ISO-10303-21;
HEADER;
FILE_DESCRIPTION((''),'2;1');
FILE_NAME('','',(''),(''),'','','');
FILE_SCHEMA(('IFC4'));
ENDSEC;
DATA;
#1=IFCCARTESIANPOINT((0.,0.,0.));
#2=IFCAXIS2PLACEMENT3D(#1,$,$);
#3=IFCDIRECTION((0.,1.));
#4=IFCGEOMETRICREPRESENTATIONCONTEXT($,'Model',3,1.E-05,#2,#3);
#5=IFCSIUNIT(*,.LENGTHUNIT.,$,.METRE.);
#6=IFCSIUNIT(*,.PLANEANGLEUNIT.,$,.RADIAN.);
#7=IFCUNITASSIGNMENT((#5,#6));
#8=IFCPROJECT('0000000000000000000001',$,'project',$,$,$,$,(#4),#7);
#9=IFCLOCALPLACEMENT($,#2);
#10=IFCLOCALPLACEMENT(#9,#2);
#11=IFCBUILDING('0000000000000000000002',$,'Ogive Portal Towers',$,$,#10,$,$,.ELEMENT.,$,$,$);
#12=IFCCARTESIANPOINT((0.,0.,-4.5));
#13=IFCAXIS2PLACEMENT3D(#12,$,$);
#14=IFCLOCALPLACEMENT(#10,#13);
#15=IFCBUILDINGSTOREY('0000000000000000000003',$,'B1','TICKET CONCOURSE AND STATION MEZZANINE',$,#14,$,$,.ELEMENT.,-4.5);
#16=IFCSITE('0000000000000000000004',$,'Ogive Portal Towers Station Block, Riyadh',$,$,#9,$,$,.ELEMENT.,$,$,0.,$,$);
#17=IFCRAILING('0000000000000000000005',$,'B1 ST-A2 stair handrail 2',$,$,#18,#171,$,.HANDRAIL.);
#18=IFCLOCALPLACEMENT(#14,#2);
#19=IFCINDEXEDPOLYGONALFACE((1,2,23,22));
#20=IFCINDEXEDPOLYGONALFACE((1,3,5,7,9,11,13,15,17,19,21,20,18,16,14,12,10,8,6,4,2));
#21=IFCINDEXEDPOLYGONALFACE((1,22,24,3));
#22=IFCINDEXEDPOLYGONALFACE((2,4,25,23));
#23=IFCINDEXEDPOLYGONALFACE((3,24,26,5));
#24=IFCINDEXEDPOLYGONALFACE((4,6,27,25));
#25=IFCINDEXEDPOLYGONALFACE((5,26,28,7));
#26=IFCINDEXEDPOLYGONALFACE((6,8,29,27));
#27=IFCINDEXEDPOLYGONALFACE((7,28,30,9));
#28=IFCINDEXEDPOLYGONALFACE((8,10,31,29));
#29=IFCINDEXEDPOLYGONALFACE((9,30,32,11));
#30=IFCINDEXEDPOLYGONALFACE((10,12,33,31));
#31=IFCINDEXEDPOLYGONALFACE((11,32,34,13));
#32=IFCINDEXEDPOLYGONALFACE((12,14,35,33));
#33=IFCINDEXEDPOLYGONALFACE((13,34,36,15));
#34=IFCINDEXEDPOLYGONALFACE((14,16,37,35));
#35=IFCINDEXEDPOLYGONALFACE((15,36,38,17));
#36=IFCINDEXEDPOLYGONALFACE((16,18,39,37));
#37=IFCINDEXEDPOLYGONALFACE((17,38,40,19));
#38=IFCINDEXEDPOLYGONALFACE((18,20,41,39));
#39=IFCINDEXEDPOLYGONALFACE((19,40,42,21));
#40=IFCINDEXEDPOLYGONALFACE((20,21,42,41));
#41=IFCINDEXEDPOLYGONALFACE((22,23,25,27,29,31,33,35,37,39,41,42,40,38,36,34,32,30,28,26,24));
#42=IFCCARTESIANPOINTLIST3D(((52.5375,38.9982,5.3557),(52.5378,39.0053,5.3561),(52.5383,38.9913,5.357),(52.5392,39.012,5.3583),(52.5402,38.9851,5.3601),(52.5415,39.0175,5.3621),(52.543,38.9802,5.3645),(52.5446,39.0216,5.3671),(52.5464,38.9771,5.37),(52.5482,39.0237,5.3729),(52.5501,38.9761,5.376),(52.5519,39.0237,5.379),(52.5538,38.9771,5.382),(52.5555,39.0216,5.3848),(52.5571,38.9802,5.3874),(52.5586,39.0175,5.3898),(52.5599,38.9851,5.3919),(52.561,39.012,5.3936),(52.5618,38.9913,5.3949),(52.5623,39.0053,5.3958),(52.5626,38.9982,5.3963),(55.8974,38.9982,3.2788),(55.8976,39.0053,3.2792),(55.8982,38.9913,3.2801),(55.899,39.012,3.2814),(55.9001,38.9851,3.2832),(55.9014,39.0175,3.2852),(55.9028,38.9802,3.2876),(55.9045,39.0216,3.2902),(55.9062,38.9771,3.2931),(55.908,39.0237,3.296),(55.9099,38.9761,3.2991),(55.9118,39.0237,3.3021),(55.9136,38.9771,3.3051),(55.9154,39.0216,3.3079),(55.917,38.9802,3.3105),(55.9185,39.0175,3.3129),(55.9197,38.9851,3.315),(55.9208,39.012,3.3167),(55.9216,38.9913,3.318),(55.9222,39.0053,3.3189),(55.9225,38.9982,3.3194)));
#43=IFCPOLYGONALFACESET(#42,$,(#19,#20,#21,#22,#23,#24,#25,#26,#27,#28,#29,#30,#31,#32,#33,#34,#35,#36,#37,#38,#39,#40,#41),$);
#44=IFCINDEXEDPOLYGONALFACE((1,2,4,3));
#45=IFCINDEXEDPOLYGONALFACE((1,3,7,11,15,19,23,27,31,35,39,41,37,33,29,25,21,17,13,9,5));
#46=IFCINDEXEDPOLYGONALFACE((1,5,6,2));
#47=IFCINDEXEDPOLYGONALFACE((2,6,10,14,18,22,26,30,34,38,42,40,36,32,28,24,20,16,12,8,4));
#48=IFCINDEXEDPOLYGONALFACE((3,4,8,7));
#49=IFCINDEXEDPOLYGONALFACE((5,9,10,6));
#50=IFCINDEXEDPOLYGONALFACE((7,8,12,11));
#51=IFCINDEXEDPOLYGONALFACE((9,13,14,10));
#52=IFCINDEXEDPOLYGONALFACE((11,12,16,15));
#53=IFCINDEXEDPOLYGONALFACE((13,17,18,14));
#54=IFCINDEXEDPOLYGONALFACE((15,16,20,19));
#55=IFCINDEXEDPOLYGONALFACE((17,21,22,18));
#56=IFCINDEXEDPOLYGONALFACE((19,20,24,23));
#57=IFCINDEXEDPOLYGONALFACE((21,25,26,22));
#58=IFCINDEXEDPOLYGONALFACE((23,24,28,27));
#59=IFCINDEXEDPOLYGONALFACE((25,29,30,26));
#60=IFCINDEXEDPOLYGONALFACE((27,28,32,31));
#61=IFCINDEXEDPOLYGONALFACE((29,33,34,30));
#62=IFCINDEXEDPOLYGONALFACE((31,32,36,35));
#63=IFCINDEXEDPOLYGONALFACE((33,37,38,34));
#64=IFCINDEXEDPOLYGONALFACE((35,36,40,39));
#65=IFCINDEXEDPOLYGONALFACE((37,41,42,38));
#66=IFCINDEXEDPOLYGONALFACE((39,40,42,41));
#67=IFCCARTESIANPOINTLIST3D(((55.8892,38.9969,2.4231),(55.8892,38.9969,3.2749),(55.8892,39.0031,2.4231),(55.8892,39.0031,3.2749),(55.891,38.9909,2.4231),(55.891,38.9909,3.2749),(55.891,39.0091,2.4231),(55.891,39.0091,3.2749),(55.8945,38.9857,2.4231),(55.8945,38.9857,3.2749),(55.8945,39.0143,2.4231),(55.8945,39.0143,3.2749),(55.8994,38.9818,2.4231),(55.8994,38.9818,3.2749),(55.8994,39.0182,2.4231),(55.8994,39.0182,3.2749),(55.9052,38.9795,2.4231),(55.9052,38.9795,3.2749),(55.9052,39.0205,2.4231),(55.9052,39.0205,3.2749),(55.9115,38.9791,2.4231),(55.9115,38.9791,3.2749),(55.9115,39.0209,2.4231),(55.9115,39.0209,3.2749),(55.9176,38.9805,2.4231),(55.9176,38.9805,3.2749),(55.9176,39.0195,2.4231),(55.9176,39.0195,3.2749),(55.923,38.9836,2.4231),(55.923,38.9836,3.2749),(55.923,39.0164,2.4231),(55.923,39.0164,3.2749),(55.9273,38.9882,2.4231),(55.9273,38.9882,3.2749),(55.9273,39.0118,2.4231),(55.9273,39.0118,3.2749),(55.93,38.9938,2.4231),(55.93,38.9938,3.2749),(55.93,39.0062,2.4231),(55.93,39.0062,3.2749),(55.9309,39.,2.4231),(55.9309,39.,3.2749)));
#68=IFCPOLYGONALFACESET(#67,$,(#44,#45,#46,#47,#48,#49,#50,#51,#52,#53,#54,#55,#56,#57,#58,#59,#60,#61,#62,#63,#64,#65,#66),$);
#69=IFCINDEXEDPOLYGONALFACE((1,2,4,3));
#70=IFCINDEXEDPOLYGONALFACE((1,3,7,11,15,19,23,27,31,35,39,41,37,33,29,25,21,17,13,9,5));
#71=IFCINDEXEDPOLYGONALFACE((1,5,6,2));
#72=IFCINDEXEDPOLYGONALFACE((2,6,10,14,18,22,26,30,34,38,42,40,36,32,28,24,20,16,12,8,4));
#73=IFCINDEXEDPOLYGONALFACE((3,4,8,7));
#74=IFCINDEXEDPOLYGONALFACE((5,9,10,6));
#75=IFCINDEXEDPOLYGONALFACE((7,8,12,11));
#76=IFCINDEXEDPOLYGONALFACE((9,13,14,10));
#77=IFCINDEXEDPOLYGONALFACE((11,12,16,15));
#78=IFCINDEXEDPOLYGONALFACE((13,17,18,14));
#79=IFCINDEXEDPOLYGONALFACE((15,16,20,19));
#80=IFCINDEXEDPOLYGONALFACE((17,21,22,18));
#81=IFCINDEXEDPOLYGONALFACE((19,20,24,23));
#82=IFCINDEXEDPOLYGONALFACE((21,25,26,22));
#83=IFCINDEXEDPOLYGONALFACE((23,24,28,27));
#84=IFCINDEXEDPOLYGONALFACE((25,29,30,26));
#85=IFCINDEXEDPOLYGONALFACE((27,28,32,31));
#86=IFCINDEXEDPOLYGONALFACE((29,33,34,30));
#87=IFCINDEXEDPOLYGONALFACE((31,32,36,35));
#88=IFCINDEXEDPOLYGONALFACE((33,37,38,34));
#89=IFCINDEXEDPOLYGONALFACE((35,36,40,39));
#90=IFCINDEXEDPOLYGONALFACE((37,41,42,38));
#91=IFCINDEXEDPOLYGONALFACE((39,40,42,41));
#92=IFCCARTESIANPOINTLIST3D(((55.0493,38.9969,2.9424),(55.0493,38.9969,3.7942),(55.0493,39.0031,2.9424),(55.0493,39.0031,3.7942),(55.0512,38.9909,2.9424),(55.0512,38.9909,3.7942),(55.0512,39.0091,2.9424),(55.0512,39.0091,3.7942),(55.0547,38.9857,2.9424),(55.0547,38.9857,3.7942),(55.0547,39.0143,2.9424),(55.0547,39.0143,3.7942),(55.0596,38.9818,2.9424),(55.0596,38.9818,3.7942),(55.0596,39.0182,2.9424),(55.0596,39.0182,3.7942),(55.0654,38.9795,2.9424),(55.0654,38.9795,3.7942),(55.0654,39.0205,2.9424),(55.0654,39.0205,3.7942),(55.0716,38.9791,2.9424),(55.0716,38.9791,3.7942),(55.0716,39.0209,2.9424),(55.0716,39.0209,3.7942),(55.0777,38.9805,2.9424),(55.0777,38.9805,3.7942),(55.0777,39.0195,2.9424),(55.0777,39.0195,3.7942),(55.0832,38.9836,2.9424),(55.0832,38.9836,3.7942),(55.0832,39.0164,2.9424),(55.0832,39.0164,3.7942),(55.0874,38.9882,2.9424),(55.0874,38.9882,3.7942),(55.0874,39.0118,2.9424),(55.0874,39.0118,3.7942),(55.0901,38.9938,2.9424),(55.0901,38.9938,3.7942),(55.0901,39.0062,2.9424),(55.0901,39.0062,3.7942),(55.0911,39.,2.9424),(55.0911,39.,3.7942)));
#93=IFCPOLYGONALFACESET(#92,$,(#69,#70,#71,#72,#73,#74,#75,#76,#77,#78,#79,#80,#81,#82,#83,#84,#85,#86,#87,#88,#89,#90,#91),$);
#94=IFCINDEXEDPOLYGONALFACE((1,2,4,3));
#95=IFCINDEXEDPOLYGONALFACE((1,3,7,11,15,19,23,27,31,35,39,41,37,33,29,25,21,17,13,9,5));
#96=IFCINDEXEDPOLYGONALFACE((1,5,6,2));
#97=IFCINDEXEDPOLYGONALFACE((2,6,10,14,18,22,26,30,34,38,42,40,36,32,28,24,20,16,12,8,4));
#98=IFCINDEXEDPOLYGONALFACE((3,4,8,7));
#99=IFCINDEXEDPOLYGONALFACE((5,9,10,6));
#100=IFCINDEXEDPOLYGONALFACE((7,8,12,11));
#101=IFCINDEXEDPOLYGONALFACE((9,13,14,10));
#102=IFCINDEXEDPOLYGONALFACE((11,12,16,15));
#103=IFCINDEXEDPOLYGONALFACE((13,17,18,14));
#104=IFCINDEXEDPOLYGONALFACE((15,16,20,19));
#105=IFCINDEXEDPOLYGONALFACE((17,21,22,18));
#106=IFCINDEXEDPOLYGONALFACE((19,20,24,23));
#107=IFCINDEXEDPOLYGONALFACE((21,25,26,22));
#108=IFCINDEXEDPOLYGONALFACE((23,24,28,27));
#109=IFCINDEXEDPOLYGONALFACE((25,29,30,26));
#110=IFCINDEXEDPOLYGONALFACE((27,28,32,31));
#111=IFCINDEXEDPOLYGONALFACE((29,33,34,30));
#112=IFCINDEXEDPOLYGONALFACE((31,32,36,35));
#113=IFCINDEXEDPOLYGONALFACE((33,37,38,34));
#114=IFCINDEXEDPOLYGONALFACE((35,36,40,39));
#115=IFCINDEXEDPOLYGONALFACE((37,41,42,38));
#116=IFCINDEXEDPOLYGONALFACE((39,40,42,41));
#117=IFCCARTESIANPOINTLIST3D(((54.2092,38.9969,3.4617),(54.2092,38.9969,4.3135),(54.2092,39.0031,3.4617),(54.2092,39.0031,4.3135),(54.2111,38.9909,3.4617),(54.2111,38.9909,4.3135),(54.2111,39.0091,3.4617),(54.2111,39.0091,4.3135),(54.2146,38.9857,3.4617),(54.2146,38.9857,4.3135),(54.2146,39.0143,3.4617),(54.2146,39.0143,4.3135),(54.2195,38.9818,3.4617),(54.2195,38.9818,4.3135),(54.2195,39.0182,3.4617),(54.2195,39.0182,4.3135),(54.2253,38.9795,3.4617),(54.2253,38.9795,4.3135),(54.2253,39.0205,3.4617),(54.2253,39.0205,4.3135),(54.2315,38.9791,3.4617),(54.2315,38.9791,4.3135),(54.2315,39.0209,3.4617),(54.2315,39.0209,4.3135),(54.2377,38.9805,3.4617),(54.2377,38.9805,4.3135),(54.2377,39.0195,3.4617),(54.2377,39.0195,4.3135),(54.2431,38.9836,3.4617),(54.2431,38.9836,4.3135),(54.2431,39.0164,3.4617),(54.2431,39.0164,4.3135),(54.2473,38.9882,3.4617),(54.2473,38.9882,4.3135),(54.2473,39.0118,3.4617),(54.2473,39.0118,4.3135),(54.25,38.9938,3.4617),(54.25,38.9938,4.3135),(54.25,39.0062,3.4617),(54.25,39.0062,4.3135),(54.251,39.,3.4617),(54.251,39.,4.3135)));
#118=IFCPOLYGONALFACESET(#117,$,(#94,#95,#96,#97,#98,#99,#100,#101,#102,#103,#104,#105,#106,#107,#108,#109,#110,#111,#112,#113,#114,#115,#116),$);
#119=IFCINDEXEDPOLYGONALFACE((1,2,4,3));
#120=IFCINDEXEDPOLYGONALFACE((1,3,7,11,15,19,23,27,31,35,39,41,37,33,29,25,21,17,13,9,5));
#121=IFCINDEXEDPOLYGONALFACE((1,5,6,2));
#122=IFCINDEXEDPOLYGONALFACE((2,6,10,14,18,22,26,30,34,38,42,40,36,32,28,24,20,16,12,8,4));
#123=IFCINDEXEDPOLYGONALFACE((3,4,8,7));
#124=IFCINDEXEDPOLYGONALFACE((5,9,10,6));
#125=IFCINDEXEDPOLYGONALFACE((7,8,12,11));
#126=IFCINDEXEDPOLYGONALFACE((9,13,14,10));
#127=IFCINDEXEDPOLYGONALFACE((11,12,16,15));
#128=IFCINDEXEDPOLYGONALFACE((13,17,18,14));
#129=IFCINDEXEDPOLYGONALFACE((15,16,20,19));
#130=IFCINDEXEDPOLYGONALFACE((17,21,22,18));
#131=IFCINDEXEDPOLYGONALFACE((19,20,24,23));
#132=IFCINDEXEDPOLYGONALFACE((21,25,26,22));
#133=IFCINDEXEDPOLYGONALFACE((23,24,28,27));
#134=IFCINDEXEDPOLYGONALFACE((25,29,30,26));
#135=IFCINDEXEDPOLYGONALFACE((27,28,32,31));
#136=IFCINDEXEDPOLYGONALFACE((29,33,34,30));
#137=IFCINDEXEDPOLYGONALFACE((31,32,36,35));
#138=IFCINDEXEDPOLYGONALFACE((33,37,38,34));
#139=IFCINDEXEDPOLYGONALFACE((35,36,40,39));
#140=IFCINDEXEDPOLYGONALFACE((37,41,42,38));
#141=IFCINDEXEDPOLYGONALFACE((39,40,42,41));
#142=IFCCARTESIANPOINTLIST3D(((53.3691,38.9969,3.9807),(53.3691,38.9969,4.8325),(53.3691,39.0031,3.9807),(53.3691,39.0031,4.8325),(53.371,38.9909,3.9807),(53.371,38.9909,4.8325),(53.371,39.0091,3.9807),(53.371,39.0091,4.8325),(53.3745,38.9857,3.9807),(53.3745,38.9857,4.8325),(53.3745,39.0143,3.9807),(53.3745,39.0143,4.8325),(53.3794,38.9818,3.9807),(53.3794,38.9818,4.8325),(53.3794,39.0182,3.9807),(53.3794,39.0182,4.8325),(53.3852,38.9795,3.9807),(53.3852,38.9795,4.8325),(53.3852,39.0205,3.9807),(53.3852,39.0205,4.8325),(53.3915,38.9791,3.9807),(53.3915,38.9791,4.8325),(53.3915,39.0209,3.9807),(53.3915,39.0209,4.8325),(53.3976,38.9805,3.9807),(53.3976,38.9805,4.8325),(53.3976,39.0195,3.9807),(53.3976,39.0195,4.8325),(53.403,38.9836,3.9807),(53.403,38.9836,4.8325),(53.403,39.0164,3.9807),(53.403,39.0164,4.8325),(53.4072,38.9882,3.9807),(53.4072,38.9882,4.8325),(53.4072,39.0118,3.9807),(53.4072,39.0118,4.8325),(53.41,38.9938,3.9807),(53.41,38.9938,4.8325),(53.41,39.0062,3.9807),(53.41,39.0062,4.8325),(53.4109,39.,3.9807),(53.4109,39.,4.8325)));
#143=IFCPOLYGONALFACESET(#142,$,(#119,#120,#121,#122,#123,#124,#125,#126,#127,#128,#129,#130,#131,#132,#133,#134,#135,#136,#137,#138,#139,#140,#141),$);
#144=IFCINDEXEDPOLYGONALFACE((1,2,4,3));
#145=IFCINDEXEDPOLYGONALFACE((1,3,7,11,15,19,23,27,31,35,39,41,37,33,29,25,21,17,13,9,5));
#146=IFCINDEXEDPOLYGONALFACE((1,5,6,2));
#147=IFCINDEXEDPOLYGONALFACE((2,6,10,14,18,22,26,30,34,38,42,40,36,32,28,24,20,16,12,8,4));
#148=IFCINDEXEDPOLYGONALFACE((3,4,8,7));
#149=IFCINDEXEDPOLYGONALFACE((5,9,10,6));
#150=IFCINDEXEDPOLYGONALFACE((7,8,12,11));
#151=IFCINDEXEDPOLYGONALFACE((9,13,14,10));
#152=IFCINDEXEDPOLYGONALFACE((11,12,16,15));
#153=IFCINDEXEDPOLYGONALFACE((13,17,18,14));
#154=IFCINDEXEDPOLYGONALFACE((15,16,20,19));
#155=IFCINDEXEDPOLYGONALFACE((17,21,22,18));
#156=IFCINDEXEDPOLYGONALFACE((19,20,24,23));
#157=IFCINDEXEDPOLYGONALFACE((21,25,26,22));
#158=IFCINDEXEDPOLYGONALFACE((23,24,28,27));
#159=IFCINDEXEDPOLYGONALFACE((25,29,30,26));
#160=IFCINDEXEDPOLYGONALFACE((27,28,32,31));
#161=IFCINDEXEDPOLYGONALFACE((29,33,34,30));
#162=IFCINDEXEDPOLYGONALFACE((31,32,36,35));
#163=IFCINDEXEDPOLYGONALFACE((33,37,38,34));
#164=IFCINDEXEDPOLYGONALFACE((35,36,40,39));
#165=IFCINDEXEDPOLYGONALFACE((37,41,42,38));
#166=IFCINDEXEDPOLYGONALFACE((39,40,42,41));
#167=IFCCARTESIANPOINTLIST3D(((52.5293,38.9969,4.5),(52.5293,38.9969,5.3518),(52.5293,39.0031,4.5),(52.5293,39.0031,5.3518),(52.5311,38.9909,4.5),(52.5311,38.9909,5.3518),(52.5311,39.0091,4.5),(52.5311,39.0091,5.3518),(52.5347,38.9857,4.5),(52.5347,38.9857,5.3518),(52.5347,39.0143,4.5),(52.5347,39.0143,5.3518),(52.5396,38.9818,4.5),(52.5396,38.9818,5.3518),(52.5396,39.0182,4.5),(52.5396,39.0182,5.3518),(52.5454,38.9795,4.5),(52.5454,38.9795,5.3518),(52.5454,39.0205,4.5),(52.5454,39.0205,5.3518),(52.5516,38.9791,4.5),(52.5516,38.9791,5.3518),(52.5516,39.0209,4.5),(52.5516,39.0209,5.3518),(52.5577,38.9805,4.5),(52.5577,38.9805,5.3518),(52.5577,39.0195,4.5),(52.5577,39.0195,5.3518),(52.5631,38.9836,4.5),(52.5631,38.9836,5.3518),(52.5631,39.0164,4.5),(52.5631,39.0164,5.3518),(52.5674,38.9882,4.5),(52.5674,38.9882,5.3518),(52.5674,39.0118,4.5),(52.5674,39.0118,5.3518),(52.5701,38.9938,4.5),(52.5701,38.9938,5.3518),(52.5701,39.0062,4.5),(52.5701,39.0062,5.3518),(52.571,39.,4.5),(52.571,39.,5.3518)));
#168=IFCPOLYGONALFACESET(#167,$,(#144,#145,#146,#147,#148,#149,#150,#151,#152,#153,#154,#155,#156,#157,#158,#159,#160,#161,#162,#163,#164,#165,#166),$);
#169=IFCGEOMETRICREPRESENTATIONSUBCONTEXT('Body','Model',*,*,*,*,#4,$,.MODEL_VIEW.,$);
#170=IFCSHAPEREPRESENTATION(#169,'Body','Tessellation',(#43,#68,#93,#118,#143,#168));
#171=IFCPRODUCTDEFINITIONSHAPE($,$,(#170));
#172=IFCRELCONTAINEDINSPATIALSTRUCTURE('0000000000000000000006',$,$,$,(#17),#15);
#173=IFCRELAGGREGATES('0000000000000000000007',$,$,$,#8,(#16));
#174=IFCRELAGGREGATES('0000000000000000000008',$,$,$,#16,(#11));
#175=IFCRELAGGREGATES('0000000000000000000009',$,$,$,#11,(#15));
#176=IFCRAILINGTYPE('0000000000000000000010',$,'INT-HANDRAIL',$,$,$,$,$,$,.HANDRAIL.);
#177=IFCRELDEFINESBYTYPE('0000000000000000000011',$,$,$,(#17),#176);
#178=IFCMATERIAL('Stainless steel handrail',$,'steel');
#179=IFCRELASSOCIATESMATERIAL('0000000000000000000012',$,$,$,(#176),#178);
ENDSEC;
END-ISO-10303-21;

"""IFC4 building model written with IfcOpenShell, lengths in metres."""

from ifc_helpers import new_model, si_unit, direction, frame, origin, origin_2d, place, context, subcontext, project, spatial, circle, extrude, material, type_object, element, save


model = new_model("IFC4")

# Units and contexts
model_context = context("Model", 3, precision=1e-05, world=origin(), true_north=direction((0.0, 1.0)))
body_context = subcontext(model_context, "Body", "Model", "MODEL_VIEW")
ifc_project = project(units=[si_unit("LENGTHUNIT", "METRE"), si_unit("PLANEANGLEUNIT", "RADIAN")], contexts=[model_context])

# Site, building, storey
site_placement = place(None, origin())
site = spatial("IfcSite", under=ifc_project, at=site_placement, Name="Ogive Portal Towers Station Block, Riyadh", CompositionType="ELEMENT", RefElevation=0.0)
building_placement = place(site_placement, origin())
building = spatial("IfcBuilding", under=site, at=building_placement, Name="Ogive Portal Towers", CompositionType="ELEMENT")
storey_placement = place(building_placement, frame((0.0, 0.0, -4.5)))
storey = spatial("IfcBuildingStorey", under=building, at=storey_placement, Name="B1", Description="TICKET CONCOURSE AND STATION MEZZANINE", CompositionType="ELEMENT", Elevation=-4.5)

# Railing
ifc_material_1 = material(Name="Stainless steel handrail", Category="steel")
railing_type_1 = type_object("IfcRailingType", Name="INT-HANDRAIL", PredefinedType="HANDRAIL", material=ifc_material_1)
railing_1_placement = place(storey_placement, frame((55.9099, 39.0, 2.4231)))
element("IfcRailing", 1, at=railing_1_placement, inside=storey, type_object=railing_type_1, Name="B1 ST-A2 stair handrail 2", PredefinedType="HANDRAIL", context=body_context, shape_type="SweptSolid", body=[
    extrude(circle(Radius=0.0239, at=origin_2d()), frame((0.0, 0.0, 0.876), z_axis=(-0.850606, 0.0, 0.525803), x_axis=(0.0, -1.0, 0.0)), (0.0, 0.0, 1.0), 3.95),
    extrude(circle(Radius=0.021, at=origin_2d()), origin(), (0.0, 0.0, 1.0), 0.8518),
    extrude(circle(Radius=0.021, at=origin_2d()), frame((-0.8398, 0.0, 0.5193)), (0.0, 0.0, 1.0), 0.8518),
    extrude(circle(Radius=0.021, at=origin_2d()), frame((-1.6799, 0.0, 1.0386)), (0.0, 0.0, 1.0), 0.8518),
    extrude(circle(Radius=0.021, at=origin_2d()), frame((-2.52, 0.0, 1.5576)), (0.0, 0.0, 1.0), 0.8518),
    extrude(circle(Radius=0.021, at=origin_2d()), frame((-3.3599, 0.0, 2.0769)), (0.0, 0.0, 1.0), 0.8518),
])

save(model, "model.ifc")
